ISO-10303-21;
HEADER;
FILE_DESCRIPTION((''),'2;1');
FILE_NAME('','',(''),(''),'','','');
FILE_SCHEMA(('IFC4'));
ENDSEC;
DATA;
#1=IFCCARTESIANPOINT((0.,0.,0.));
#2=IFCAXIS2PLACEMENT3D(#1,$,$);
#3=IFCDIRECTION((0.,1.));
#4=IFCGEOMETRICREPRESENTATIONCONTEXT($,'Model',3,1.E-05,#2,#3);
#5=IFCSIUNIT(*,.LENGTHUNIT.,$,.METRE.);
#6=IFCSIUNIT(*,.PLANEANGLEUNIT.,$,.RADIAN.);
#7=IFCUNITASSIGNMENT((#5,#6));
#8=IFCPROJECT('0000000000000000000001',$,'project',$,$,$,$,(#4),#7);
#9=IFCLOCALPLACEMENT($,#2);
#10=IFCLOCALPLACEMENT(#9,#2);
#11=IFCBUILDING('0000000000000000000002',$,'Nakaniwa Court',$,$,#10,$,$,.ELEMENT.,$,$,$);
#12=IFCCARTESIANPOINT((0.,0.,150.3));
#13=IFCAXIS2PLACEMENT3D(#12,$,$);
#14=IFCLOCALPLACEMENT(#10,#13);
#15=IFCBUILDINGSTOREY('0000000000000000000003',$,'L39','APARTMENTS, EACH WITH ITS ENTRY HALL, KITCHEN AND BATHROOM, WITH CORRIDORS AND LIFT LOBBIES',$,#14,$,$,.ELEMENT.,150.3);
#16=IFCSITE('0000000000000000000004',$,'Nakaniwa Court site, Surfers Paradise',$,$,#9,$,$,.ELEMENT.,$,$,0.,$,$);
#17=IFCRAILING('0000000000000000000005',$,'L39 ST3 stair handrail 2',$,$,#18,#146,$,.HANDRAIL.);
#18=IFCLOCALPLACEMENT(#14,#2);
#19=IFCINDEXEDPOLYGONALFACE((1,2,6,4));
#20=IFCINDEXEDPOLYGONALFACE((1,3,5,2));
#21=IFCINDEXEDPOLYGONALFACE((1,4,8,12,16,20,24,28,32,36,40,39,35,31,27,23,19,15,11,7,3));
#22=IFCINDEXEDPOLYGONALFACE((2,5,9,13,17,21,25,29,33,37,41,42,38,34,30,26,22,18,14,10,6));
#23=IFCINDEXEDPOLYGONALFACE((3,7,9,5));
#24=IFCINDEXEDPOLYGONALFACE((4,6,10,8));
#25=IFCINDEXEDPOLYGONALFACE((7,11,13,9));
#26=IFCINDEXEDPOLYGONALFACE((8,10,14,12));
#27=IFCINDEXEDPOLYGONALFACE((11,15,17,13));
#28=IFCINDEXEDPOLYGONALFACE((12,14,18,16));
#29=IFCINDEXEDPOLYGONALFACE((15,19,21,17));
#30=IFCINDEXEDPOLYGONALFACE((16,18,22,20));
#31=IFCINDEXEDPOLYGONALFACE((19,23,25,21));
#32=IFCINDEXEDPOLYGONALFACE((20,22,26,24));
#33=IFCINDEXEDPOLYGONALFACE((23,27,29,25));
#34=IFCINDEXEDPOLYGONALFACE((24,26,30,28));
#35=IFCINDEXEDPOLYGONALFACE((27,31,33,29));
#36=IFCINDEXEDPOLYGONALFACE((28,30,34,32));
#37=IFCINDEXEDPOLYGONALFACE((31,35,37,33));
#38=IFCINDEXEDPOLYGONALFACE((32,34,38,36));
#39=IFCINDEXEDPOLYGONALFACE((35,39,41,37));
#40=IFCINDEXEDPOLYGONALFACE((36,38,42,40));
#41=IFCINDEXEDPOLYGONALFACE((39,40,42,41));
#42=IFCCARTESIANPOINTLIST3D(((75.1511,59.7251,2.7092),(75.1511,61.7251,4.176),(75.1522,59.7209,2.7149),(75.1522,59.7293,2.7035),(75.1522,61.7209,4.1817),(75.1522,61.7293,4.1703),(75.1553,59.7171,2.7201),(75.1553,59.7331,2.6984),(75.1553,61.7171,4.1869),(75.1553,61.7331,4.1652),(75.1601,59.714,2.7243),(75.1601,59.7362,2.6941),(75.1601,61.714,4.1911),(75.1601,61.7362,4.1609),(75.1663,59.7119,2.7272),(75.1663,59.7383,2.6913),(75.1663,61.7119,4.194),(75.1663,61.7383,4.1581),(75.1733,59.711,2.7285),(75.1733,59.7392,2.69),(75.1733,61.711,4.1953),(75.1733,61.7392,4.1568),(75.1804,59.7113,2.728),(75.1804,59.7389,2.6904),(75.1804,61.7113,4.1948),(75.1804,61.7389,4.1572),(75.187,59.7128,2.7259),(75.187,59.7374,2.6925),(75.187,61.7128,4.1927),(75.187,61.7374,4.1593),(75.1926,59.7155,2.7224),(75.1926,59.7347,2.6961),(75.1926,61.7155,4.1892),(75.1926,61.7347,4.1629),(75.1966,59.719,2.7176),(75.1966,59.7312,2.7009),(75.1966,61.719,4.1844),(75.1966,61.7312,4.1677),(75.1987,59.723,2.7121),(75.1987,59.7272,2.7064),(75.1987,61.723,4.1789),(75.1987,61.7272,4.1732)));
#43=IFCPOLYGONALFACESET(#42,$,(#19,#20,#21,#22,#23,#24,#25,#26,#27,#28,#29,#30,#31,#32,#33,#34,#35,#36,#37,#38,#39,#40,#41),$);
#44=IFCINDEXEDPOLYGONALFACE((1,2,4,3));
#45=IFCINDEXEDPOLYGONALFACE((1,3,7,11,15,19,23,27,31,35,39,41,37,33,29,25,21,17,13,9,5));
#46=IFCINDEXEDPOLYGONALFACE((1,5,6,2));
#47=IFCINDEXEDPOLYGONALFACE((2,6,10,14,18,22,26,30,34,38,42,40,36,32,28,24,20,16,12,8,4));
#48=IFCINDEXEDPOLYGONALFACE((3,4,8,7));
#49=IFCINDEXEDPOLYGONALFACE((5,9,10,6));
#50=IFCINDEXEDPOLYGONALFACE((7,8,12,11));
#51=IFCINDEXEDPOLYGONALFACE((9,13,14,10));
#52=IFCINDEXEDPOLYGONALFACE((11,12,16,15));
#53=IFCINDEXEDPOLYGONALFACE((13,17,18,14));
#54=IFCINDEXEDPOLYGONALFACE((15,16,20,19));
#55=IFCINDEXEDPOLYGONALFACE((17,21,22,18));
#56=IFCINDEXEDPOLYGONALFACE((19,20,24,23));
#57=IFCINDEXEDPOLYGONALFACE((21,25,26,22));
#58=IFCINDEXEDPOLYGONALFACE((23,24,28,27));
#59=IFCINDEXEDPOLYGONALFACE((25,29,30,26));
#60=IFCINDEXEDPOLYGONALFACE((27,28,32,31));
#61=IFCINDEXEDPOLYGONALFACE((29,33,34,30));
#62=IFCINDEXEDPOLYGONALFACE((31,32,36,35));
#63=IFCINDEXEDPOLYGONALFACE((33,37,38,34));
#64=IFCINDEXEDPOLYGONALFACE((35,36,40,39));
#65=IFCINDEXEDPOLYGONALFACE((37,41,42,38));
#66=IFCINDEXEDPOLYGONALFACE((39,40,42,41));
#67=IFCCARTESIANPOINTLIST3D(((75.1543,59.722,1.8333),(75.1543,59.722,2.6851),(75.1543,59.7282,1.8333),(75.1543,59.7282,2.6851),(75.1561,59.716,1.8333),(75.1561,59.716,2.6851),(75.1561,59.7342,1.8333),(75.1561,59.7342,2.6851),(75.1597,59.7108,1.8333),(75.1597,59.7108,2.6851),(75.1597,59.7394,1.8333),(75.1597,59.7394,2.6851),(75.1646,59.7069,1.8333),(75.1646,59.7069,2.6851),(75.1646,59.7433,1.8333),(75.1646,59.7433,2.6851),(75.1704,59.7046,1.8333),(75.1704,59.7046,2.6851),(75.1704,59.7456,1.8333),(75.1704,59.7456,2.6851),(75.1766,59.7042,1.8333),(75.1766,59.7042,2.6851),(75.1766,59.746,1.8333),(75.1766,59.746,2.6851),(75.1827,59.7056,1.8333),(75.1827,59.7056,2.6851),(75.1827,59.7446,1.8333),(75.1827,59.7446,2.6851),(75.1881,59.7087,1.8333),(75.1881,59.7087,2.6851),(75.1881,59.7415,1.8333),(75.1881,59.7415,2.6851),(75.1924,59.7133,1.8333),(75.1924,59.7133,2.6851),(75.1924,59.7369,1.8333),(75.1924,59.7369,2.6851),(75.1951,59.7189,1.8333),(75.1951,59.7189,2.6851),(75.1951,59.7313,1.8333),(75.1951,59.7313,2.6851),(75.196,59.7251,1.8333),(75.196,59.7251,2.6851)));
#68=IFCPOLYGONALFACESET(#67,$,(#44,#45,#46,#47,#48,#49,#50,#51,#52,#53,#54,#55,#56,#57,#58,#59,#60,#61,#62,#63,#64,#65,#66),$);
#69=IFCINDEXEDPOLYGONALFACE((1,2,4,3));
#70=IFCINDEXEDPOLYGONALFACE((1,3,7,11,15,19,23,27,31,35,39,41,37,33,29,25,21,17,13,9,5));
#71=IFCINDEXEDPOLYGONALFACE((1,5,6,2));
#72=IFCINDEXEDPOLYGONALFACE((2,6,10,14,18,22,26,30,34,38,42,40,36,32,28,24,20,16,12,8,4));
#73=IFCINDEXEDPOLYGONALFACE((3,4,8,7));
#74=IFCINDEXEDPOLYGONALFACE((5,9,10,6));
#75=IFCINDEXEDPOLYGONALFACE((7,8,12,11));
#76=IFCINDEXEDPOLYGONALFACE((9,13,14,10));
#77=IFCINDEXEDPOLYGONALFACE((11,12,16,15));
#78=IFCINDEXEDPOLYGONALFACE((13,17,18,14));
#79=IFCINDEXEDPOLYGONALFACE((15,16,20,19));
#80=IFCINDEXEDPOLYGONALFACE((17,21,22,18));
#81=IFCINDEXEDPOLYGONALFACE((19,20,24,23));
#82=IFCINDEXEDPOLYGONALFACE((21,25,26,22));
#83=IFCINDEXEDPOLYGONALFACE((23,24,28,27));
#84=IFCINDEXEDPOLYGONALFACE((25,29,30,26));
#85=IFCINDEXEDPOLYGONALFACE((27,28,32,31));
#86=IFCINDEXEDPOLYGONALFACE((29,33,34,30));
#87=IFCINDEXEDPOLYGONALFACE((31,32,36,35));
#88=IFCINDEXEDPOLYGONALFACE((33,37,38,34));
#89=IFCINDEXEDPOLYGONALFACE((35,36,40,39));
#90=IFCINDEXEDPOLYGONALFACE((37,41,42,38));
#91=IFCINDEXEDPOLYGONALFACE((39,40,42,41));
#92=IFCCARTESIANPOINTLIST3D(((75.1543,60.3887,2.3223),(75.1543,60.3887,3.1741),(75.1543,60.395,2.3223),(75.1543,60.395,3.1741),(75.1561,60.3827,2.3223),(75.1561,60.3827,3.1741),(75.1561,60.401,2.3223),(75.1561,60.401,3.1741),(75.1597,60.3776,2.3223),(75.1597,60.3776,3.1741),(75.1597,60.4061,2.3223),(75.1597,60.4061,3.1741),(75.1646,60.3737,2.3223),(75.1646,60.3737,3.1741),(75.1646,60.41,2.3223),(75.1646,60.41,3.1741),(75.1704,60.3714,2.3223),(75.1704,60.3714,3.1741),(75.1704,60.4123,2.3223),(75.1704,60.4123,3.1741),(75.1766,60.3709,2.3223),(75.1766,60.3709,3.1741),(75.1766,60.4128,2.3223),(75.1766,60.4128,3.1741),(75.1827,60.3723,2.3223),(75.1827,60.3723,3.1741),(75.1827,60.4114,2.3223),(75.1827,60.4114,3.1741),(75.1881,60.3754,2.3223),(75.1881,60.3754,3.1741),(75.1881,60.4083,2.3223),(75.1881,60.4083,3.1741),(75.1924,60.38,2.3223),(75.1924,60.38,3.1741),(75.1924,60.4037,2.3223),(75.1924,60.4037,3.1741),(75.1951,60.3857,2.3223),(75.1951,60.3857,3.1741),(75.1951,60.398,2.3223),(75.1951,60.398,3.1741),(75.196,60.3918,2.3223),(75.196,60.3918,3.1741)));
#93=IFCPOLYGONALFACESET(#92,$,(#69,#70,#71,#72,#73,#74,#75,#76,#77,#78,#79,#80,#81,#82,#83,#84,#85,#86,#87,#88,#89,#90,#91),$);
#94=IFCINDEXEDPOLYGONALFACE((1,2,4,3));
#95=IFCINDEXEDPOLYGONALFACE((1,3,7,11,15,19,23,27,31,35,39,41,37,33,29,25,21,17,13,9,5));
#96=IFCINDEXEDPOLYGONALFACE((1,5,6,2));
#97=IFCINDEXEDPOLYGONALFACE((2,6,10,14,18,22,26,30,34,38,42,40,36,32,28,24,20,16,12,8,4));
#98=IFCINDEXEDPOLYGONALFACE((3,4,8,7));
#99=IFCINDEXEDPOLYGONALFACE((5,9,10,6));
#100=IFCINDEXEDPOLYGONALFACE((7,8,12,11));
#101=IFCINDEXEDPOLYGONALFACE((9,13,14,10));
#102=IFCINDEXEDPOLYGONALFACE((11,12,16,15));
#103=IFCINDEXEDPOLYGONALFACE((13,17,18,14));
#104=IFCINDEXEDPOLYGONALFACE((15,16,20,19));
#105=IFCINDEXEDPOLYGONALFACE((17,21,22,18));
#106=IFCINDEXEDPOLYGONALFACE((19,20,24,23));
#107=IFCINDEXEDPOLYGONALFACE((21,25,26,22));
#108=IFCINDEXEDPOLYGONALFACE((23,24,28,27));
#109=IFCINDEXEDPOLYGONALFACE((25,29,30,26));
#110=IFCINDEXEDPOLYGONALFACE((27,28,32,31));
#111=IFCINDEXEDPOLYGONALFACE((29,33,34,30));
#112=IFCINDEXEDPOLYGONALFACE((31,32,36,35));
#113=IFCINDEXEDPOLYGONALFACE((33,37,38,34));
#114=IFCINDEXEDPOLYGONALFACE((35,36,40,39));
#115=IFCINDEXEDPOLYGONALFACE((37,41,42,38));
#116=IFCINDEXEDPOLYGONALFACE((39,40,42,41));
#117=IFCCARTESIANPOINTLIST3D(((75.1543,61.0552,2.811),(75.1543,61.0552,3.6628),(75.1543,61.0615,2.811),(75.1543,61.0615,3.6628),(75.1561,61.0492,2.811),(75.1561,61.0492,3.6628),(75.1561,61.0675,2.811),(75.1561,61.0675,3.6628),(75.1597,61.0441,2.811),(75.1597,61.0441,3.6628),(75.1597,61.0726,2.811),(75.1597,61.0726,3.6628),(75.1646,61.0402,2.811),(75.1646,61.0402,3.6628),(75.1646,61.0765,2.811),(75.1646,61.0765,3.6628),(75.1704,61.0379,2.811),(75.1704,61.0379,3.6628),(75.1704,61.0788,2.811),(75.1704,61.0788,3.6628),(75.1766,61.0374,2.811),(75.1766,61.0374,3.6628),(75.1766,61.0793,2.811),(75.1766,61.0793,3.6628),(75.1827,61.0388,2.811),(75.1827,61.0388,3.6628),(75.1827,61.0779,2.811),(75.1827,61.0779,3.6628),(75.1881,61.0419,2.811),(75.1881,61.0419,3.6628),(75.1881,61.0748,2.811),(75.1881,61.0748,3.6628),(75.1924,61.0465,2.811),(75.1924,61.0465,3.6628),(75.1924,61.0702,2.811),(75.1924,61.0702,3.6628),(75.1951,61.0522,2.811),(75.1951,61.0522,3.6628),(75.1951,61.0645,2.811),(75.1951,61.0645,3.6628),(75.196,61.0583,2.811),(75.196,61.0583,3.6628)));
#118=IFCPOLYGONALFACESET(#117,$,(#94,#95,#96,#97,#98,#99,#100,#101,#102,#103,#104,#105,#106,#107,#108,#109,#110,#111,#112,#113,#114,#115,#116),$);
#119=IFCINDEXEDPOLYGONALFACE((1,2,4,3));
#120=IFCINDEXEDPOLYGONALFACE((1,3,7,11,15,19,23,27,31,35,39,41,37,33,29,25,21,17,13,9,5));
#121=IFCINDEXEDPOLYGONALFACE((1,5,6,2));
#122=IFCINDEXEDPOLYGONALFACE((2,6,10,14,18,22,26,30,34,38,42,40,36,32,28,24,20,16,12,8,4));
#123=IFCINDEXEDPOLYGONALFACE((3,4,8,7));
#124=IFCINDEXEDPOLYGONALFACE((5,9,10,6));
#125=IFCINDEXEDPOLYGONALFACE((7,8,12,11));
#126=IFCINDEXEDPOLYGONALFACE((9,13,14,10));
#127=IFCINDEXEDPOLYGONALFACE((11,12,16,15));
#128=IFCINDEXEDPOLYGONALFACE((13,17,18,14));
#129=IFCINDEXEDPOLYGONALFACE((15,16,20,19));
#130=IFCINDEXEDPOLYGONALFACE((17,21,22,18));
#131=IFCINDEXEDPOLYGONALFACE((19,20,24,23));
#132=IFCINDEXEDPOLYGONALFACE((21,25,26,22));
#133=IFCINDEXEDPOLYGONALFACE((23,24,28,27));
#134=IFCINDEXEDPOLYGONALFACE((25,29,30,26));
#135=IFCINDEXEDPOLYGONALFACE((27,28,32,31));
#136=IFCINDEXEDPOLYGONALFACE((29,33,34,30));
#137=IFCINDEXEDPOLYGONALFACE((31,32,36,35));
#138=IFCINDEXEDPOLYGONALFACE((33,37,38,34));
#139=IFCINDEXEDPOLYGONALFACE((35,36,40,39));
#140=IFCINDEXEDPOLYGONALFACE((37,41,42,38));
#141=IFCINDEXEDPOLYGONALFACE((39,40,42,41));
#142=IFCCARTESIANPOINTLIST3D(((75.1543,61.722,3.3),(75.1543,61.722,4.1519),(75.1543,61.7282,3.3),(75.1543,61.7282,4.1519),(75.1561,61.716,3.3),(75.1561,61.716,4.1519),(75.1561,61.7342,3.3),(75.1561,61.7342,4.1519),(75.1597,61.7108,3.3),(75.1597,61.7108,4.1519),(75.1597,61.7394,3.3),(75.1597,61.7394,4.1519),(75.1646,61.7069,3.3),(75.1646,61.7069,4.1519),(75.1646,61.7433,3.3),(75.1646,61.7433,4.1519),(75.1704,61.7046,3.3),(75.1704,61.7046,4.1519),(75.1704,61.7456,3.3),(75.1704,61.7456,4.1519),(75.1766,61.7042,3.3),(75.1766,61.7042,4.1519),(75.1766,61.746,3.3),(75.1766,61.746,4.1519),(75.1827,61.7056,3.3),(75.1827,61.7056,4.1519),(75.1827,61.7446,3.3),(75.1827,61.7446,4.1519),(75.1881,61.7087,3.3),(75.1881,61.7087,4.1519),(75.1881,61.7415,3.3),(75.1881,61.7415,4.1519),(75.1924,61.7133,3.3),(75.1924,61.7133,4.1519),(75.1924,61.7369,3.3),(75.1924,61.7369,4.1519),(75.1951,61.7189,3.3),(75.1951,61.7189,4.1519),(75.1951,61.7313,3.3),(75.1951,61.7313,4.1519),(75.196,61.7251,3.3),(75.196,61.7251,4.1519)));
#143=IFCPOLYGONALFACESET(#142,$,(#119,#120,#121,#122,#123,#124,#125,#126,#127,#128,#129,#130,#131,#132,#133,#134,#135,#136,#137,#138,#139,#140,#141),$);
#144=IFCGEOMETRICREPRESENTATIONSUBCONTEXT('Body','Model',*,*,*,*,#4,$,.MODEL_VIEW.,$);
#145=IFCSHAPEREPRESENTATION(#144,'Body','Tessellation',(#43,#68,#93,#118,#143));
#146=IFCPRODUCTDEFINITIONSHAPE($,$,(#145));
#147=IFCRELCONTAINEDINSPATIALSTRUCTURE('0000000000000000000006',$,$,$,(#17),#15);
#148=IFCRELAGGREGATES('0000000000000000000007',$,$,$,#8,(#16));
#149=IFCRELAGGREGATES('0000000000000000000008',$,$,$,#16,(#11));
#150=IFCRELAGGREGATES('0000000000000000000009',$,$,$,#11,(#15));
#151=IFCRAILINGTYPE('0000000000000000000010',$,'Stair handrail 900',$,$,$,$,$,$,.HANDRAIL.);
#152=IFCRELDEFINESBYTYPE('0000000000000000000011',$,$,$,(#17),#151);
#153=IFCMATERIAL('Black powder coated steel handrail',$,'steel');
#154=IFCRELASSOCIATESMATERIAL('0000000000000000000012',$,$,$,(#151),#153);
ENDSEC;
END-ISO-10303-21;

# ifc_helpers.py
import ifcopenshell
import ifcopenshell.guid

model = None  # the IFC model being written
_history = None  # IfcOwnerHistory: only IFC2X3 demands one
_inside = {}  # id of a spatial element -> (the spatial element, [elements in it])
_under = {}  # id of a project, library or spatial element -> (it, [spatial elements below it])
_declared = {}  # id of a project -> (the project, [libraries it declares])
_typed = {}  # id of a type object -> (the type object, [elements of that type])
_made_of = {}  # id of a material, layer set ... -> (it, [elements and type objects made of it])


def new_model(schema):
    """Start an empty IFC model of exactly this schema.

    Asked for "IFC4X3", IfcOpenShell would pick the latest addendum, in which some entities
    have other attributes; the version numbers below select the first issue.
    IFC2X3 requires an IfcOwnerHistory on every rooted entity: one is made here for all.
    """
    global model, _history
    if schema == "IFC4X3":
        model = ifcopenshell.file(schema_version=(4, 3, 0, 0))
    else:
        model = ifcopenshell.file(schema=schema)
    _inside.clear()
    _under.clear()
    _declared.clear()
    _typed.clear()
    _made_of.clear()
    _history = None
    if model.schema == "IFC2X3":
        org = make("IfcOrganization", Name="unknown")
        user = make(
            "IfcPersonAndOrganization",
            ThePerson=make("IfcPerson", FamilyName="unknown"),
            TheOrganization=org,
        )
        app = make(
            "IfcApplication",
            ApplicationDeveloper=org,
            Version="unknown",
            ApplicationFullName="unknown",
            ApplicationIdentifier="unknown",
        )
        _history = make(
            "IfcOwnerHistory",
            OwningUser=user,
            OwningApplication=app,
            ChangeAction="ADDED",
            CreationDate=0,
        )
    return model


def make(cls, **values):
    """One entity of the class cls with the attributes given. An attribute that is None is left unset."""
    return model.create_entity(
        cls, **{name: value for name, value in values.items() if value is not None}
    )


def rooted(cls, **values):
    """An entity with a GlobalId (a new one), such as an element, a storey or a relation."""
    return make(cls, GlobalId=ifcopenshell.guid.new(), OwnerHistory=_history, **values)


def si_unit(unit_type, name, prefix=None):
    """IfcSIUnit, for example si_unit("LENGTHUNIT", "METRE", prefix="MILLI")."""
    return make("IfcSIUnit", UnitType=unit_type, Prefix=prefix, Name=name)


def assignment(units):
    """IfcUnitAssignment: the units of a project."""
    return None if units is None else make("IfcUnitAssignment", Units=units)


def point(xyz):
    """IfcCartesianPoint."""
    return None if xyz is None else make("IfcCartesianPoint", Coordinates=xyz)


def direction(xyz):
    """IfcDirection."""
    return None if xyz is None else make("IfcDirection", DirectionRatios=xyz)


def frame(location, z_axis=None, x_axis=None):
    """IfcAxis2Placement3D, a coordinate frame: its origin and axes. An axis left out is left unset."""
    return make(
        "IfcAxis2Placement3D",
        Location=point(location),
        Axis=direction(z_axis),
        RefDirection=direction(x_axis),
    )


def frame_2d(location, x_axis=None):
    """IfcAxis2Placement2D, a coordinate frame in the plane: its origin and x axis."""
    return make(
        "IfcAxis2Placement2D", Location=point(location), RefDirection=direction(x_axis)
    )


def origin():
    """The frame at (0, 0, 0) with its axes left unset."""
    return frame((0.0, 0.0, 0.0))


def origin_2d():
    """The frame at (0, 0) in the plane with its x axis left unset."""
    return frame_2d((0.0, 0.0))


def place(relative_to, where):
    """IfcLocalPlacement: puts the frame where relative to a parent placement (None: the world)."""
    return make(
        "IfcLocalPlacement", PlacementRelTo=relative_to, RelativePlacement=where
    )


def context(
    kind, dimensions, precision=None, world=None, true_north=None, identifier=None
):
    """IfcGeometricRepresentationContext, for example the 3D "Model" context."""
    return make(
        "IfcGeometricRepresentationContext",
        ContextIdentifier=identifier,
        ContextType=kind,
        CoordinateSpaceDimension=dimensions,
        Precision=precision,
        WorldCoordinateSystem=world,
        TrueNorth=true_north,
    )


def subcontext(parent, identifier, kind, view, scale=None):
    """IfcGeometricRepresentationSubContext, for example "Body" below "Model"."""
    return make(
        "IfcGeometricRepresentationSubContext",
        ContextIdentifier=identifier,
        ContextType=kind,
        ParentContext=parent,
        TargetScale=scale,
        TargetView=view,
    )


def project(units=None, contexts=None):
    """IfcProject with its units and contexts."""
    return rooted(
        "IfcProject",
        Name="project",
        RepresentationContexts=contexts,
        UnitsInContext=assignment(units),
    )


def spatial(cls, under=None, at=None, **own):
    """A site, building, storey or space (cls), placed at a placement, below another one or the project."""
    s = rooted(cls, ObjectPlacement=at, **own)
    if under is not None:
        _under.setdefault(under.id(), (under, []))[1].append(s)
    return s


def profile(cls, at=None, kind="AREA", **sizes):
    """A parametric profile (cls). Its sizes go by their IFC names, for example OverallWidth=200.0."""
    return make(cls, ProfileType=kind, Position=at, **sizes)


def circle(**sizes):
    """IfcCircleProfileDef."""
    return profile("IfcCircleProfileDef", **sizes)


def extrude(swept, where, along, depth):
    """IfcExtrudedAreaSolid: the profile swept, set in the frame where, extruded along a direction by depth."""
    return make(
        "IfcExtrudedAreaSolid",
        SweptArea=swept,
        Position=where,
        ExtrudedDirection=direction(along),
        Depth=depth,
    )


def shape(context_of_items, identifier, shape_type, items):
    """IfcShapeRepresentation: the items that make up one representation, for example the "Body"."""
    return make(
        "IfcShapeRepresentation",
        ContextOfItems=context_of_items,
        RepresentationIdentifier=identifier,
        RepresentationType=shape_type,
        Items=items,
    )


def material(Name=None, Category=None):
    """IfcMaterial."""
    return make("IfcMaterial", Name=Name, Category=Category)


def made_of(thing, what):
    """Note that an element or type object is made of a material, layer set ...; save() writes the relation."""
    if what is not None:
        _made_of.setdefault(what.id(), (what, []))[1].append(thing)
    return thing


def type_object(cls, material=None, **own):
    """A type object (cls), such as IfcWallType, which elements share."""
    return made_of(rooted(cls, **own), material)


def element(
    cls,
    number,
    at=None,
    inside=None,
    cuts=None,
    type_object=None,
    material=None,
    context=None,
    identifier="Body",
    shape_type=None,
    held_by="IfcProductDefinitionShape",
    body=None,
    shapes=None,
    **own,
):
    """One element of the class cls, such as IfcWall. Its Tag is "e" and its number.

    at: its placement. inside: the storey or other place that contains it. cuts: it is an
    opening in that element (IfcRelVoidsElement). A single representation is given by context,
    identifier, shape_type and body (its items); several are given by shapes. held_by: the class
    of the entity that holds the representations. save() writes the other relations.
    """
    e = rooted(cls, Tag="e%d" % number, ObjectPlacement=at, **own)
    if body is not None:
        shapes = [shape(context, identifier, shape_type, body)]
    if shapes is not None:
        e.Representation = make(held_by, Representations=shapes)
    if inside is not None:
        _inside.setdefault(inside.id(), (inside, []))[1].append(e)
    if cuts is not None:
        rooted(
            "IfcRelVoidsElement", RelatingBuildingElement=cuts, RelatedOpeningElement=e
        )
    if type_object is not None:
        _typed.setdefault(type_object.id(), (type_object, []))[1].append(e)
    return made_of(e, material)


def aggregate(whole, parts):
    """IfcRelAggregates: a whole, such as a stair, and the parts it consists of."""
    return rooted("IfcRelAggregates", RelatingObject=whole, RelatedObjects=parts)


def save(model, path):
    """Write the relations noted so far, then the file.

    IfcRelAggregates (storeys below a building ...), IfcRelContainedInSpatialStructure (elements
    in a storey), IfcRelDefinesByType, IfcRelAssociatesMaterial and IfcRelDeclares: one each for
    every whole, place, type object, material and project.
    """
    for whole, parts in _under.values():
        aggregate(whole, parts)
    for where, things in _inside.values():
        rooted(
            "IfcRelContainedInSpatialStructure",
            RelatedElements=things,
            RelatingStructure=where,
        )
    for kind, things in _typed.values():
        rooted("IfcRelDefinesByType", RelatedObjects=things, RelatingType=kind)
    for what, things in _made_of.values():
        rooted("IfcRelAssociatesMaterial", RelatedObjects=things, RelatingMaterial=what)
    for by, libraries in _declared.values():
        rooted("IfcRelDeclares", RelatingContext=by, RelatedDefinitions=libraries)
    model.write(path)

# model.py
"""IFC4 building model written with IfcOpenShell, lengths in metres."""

from ifc_helpers import new_model, si_unit, direction, frame, origin, origin_2d, place, context, subcontext, project, spatial, circle, extrude, material, type_object, element, save


model = new_model("IFC4")

# Units and contexts
model_context = context("Model", 3, precision=1e-05, world=origin(), true_north=direction((0.0, 1.0)))
body_context = subcontext(model_context, "Body", "Model", "MODEL_VIEW")
ifc_project = project(units=[si_unit("LENGTHUNIT", "METRE"), si_unit("PLANEANGLEUNIT", "RADIAN")], contexts=[model_context])

# Site, building, storey
site_placement = place(None, origin())
site = spatial("IfcSite", under=ifc_project, at=site_placement, Name="Nakaniwa Court site, Surfers Paradise", CompositionType="ELEMENT", RefElevation=0.0)
building_placement = place(site_placement, origin())
building = spatial("IfcBuilding", under=site, at=building_placement, Name="Nakaniwa Court", CompositionType="ELEMENT")
storey_placement = place(building_placement, frame((0.0, 0.0, 150.3)))
storey = spatial("IfcBuildingStorey", under=building, at=storey_placement, Name="L39", Description="APARTMENTS, EACH WITH ITS ENTRY HALL, KITCHEN AND BATHROOM, WITH CORRIDORS AND LIFT LOBBIES", CompositionType="ELEMENT", Elevation=150.3)

# Railing
ifc_material_1 = material(Name="Black powder coated steel handrail", Category="steel")
railing_type_1 = type_object("IfcRailingType", Name="Stair handrail 900", PredefinedType="HANDRAIL", material=ifc_material_1)
railing_1_placement = place(storey_placement, frame((75.175, 59.7251, 1.8333)))
element("IfcRailing", 1, at=railing_1_placement, inside=storey, type_object=railing_type_1, Name="L39 ST3 stair handrail 2", PredefinedType="HANDRAIL", context=body_context, shape_type="SweptSolid", body=[
    extrude(circle(Radius=0.0239, at=origin_2d()), frame((0.0, 0.0, 0.876), z_axis=(0.0, 0.80638, 0.591398), x_axis=(-1.0, 0.0, 0.0)), (0.0, 0.0, 1.0), 2.4802),
    extrude(circle(Radius=0.021, at=origin_2d()), origin(), (0.0, 0.0, 1.0), 0.8518),
    extrude(circle(Radius=0.021, at=origin_2d()), frame((0.0, 0.6667, 0.489)), (0.0, 0.0, 1.0), 0.8518),
    extrude(circle(Radius=0.021, at=origin_2d()), frame((0.0, 1.3333, 0.9778)), (0.0, 0.0, 1.0), 0.8518),
    extrude(circle(Radius=0.021, at=origin_2d()), frame((0.0, 2.0, 1.4668)), (0.0, 0.0, 1.0), 0.8518),
])

save(model, "model.ifc")
